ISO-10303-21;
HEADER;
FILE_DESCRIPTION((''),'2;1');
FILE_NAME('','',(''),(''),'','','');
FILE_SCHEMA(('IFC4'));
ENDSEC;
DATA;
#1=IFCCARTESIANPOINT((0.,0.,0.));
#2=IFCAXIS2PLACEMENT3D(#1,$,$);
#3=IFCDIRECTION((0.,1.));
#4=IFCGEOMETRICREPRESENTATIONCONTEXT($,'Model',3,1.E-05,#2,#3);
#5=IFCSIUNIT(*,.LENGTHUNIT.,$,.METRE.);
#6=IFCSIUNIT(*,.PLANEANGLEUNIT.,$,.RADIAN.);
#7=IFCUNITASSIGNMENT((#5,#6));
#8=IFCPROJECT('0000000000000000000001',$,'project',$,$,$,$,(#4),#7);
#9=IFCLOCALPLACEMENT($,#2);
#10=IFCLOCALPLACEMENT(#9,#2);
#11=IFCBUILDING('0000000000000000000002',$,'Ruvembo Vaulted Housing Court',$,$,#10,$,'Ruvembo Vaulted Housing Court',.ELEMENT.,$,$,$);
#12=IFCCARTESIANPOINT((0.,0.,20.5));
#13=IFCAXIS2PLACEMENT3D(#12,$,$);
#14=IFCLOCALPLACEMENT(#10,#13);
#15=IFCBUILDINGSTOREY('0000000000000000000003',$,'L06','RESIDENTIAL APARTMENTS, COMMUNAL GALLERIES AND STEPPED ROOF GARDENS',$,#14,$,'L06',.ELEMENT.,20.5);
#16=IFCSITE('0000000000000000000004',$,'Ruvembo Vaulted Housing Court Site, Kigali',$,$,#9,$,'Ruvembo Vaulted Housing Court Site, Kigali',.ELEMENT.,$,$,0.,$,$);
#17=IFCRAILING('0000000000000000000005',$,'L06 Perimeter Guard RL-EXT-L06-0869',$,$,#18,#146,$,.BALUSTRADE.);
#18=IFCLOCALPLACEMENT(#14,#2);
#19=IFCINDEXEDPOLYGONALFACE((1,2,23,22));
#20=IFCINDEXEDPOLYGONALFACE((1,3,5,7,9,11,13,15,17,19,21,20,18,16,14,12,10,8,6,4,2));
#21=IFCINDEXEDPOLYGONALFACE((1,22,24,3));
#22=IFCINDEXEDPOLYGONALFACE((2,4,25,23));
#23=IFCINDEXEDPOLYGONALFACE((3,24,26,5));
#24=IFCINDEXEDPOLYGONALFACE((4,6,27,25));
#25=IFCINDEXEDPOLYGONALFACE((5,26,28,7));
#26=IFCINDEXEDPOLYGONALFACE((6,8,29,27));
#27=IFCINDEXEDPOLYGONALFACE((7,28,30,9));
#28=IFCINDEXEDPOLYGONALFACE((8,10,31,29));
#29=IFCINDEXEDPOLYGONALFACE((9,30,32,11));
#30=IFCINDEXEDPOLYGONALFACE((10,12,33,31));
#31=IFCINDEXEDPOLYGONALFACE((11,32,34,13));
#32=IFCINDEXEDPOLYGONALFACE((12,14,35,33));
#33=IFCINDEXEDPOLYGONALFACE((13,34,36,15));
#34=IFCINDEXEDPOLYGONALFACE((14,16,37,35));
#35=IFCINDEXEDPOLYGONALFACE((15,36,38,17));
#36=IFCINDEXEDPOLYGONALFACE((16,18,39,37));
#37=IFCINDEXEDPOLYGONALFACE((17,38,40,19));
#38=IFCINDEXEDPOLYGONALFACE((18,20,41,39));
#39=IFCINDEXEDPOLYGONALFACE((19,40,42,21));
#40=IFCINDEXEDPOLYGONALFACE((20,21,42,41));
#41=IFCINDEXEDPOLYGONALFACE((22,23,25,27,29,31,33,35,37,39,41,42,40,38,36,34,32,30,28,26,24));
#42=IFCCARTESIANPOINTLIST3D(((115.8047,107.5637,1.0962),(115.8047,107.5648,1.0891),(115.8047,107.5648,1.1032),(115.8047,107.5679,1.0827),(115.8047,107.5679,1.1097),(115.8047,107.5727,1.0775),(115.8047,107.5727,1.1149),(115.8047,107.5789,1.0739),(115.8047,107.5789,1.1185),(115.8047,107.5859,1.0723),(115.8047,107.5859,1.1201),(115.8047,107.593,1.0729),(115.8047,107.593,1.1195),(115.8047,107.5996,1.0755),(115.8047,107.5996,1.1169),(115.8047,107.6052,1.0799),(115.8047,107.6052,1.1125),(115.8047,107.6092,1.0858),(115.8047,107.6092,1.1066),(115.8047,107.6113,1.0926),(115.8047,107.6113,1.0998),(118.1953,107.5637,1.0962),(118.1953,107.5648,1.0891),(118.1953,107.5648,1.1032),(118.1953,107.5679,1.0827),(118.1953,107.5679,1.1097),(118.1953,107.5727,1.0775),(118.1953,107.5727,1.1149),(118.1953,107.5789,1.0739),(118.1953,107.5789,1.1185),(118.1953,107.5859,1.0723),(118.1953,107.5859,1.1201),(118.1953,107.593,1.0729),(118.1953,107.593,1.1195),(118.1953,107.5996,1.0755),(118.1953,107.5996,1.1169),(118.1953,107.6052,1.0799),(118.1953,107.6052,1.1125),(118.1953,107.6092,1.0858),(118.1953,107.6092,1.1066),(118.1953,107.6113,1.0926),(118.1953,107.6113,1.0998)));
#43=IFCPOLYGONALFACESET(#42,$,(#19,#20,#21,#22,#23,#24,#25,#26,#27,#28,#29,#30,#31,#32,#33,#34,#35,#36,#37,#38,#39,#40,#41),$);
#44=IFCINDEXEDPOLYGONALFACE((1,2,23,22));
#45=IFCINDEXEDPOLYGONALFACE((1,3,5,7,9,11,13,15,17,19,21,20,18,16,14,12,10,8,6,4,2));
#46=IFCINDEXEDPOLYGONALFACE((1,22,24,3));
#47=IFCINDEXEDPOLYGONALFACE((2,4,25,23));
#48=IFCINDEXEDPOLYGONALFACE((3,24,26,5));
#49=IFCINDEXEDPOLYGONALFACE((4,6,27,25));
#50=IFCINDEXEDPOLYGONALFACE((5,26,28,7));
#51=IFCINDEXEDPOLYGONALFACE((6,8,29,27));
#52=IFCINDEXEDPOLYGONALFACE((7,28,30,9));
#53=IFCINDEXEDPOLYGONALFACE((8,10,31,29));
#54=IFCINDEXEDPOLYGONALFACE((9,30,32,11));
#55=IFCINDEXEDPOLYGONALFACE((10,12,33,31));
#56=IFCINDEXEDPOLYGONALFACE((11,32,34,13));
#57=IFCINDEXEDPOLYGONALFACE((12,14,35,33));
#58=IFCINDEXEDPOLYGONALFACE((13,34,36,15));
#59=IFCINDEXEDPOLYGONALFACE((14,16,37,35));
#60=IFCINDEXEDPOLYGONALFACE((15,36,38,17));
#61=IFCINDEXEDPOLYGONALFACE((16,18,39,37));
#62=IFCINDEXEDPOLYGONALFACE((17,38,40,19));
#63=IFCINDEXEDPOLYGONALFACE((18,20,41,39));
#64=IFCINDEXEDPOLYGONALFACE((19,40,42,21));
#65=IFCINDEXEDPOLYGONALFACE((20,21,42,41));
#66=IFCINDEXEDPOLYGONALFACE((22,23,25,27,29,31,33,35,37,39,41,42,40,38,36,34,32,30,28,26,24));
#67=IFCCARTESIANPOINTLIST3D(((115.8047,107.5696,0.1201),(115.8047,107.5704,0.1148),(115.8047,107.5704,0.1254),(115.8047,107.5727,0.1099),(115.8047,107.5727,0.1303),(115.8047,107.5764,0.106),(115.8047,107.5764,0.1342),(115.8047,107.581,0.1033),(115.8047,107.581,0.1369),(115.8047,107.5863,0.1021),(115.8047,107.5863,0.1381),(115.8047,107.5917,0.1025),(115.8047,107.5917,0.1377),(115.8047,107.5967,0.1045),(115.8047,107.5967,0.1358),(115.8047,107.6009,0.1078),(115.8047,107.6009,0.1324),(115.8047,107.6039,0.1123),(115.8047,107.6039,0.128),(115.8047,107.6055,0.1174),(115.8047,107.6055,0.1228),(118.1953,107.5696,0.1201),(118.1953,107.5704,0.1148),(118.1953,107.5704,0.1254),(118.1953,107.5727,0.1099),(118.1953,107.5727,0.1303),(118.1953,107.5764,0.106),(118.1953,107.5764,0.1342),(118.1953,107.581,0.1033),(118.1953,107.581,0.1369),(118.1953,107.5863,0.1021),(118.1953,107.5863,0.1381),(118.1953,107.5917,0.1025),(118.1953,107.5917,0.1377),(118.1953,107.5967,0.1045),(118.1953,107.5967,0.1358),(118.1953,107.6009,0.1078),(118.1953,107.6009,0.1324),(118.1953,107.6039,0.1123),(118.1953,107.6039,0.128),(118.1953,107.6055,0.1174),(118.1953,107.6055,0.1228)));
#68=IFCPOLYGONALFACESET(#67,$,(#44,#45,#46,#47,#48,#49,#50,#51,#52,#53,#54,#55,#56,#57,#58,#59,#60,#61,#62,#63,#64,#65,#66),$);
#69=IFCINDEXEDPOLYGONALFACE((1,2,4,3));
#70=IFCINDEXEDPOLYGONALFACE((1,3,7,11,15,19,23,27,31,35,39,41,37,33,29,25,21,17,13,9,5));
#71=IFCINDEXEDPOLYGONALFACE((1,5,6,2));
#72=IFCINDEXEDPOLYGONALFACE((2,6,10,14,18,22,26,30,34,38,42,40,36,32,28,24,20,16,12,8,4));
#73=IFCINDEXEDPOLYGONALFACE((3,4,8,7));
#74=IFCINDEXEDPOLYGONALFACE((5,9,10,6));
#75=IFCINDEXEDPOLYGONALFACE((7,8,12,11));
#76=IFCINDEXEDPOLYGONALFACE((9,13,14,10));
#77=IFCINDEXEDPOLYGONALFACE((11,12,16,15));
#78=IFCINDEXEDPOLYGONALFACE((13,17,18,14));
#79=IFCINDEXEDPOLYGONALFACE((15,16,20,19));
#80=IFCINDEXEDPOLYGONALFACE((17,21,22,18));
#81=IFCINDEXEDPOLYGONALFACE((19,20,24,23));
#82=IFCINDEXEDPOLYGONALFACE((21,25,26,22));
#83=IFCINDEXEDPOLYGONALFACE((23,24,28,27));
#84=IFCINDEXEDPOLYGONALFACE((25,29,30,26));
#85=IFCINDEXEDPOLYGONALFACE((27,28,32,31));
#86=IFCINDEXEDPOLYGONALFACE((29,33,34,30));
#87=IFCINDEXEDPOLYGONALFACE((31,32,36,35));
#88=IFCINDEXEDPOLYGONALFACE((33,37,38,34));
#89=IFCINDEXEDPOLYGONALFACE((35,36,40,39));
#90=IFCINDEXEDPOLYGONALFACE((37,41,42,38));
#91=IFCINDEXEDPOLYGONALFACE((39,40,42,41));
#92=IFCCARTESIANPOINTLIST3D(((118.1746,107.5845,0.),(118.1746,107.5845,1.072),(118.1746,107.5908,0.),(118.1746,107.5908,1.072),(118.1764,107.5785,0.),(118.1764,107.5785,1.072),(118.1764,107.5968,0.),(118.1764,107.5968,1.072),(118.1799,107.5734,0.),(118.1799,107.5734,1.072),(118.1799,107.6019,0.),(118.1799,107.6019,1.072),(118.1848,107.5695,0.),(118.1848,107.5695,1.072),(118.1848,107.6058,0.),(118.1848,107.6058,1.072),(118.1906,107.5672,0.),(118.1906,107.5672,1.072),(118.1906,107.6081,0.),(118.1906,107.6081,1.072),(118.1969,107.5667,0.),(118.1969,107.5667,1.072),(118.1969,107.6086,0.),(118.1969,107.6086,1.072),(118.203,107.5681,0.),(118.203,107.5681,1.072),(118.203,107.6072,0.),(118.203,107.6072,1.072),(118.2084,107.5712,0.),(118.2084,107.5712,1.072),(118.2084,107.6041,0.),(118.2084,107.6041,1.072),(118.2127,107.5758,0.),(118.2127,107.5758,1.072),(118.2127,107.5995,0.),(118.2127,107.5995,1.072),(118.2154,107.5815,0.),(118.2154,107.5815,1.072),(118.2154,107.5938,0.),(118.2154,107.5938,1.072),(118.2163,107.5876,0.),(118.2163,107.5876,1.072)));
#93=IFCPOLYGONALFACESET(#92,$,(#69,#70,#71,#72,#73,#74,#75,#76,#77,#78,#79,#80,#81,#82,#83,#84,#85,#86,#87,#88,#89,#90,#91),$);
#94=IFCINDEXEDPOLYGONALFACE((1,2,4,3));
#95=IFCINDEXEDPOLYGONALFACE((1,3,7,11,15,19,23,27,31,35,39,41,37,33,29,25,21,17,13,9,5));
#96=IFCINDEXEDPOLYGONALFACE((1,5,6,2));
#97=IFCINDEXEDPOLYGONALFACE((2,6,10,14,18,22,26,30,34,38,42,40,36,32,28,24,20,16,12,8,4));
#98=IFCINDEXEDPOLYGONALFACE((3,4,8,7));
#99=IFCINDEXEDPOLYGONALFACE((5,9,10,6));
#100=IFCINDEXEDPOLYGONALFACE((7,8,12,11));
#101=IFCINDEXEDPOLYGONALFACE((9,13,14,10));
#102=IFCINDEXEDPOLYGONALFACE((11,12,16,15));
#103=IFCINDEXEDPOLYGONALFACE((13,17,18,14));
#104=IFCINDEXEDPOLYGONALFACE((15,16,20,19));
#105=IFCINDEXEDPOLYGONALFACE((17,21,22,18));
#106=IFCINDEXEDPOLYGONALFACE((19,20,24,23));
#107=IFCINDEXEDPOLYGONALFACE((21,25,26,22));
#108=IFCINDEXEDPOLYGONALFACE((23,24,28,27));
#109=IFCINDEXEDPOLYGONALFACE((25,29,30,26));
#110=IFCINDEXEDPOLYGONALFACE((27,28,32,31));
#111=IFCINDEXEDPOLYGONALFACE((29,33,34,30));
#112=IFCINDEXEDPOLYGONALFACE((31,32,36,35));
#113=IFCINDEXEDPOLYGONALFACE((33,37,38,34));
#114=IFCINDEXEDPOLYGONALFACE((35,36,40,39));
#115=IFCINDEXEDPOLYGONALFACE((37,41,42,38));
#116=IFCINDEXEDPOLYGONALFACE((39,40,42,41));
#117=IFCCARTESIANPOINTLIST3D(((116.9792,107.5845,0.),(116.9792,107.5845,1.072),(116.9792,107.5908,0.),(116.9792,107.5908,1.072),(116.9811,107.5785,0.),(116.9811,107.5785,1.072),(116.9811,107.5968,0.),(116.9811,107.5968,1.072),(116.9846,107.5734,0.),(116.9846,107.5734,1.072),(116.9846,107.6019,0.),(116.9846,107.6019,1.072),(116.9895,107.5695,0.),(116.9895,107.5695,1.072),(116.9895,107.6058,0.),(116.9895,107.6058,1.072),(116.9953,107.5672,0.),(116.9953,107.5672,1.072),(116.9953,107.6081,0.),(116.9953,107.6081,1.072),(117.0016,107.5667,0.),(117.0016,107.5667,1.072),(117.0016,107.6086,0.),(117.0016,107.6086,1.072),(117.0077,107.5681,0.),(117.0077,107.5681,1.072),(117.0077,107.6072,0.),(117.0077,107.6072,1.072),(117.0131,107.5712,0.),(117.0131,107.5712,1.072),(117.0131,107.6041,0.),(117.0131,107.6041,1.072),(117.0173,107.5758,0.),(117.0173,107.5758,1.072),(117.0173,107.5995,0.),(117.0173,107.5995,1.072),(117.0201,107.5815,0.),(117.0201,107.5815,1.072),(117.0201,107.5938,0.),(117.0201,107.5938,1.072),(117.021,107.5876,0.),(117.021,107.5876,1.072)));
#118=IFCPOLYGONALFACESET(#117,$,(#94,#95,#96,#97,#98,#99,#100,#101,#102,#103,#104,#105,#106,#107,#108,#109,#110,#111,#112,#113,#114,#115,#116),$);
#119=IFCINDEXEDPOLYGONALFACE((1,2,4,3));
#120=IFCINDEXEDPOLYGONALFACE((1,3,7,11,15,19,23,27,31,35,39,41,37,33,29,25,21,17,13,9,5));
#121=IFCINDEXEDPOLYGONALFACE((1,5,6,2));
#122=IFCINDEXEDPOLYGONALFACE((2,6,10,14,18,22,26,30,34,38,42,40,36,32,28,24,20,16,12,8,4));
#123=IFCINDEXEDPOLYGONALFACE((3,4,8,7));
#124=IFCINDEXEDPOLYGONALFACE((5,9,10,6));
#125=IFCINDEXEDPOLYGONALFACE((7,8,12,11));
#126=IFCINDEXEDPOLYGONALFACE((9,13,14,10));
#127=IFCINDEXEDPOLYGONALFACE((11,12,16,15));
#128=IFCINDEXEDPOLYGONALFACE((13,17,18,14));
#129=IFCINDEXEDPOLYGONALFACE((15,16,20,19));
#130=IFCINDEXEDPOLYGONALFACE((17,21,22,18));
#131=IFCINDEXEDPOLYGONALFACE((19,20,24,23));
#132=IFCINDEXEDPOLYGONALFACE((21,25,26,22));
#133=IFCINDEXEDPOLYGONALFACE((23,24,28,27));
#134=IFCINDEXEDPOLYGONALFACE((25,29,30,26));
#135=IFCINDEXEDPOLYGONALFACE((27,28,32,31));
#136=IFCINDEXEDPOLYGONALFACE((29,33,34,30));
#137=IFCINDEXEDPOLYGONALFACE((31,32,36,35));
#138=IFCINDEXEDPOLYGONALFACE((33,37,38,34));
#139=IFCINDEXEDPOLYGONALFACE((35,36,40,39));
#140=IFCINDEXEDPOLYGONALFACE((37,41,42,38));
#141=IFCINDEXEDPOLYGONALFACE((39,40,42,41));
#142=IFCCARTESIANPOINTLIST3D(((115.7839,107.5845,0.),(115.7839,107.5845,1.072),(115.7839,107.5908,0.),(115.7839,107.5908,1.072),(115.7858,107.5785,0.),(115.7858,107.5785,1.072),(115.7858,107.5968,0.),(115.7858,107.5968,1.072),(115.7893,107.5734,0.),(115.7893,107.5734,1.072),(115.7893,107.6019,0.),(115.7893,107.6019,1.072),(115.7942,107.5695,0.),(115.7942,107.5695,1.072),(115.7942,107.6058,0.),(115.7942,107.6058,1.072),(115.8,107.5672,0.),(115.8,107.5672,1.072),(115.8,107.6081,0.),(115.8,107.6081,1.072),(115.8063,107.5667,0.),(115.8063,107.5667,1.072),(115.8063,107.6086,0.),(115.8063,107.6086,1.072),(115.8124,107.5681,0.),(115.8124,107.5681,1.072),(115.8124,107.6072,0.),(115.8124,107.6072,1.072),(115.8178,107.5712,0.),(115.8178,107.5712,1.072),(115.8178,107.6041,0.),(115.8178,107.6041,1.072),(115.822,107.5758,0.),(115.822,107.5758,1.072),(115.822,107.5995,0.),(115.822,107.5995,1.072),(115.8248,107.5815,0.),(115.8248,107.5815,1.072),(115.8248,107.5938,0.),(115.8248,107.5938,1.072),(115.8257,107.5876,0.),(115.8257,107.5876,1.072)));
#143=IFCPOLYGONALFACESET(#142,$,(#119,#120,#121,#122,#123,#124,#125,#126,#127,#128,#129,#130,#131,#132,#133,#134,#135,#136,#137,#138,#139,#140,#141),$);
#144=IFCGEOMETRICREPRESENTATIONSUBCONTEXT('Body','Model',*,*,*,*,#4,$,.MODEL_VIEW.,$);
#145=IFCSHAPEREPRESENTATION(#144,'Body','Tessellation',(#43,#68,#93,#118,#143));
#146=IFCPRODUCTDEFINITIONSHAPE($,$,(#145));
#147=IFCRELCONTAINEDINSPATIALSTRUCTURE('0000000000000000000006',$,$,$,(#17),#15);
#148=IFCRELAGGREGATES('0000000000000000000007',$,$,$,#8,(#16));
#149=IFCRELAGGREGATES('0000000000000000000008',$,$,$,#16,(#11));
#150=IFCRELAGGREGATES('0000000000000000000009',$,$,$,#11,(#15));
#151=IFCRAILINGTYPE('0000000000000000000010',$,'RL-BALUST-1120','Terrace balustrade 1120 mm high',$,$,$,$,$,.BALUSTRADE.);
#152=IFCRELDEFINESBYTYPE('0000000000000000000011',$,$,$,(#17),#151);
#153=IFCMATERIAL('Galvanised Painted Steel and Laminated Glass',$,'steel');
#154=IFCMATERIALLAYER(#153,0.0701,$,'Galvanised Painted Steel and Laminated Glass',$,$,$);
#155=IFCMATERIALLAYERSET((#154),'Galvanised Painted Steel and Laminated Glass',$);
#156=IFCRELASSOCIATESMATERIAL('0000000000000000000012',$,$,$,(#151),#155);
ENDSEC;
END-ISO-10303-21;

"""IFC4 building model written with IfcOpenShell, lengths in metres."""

from ifc_helpers import new_model, si_unit, direction, frame, origin, origin_2d, place, context, subcontext, project, spatial, circle, extrude, material, layer, layer_set, type_object, element, save


model = new_model("IFC4")

# Units and contexts
model_context = context("Model", 3, precision=1e-05, world=origin(), true_north=direction((0.0, 1.0)))
body_context = subcontext(model_context, "Body", "Model", "MODEL_VIEW")
ifc_project = project(units=[si_unit("LENGTHUNIT", "METRE"), si_unit("PLANEANGLEUNIT", "RADIAN")], contexts=[model_context])

# Site, building, storey
site_placement = place(None, origin())
site = spatial("IfcSite", under=ifc_project, at=site_placement, Name="Ruvembo Vaulted Housing Court Site, Kigali", LongName="Ruvembo Vaulted Housing Court Site, Kigali", CompositionType="ELEMENT", RefElevation=0.0)
building_placement = place(site_placement, origin())
building = spatial("IfcBuilding", under=site, at=building_placement, Name="Ruvembo Vaulted Housing Court", LongName="Ruvembo Vaulted Housing Court", CompositionType="ELEMENT")
storey_placement = place(building_placement, frame((0.0, 0.0, 20.5)))
storey = spatial("IfcBuildingStorey", under=building, at=storey_placement, Name="L06", Description="RESIDENTIAL APARTMENTS, COMMUNAL GALLERIES AND STEPPED ROOF GARDENS", LongName="L06", CompositionType="ELEMENT", Elevation=20.5)

# Railing
ifc_material_1 = material(Name="Galvanised Painted Steel and Laminated Glass", Category="steel")
ifc_layer = layer(ifc_material_1, 0.0701, Name="Galvanised Painted Steel and Laminated Glass")
ifc_layer_set = layer_set([ifc_layer], Name="Galvanised Painted Steel and Laminated Glass")
railing_type = type_object("IfcRailingType", Name="RL-BALUST-1120", Description="Terrace balustrade 1120 mm high", PredefinedType="BALUSTRADE", material=ifc_layer_set)
railing_1_placement = place(storey_placement, frame((118.1953, 107.5876, 0.0)))
element("IfcRailing", 1, at=railing_1_placement, inside=storey, type_object=railing_type, Name="L06 Perimeter Guard RL-EXT-L06-0869", PredefinedType="BALUSTRADE", context=body_context, shape_type="SweptSolid", body=[
    extrude(circle(Radius=0.0239, at=origin_2d()), frame((0.0, 0.0, 1.0962), z_axis=(-1.0, 0.0, 0.0), x_axis=(0.0, -1.0, 0.0)), (0.0, 0.0, 1.0), 2.3906),
    extrude(circle(Radius=0.0181, at=origin_2d()), frame((0.0, 0.0, 0.1201), z_axis=(-1.0, 0.0, 0.0), x_axis=(0.0, -1.0, 0.0)), (0.0, 0.0, 1.0), 2.3906),
    extrude(circle(Radius=0.021, at=origin_2d()), origin(), (0.0, 0.0, 1.0), 1.072),
    extrude(circle(Radius=0.021, at=origin_2d()), frame((-1.1953, 0.0, 0.0)), (0.0, 0.0, 1.0), 1.072),
    extrude(circle(Radius=0.021, at=origin_2d()), frame((-2.3906, 0.0, 0.0)), (0.0, 0.0, 1.0), 1.072),
])

save(model, "model.ifc")
